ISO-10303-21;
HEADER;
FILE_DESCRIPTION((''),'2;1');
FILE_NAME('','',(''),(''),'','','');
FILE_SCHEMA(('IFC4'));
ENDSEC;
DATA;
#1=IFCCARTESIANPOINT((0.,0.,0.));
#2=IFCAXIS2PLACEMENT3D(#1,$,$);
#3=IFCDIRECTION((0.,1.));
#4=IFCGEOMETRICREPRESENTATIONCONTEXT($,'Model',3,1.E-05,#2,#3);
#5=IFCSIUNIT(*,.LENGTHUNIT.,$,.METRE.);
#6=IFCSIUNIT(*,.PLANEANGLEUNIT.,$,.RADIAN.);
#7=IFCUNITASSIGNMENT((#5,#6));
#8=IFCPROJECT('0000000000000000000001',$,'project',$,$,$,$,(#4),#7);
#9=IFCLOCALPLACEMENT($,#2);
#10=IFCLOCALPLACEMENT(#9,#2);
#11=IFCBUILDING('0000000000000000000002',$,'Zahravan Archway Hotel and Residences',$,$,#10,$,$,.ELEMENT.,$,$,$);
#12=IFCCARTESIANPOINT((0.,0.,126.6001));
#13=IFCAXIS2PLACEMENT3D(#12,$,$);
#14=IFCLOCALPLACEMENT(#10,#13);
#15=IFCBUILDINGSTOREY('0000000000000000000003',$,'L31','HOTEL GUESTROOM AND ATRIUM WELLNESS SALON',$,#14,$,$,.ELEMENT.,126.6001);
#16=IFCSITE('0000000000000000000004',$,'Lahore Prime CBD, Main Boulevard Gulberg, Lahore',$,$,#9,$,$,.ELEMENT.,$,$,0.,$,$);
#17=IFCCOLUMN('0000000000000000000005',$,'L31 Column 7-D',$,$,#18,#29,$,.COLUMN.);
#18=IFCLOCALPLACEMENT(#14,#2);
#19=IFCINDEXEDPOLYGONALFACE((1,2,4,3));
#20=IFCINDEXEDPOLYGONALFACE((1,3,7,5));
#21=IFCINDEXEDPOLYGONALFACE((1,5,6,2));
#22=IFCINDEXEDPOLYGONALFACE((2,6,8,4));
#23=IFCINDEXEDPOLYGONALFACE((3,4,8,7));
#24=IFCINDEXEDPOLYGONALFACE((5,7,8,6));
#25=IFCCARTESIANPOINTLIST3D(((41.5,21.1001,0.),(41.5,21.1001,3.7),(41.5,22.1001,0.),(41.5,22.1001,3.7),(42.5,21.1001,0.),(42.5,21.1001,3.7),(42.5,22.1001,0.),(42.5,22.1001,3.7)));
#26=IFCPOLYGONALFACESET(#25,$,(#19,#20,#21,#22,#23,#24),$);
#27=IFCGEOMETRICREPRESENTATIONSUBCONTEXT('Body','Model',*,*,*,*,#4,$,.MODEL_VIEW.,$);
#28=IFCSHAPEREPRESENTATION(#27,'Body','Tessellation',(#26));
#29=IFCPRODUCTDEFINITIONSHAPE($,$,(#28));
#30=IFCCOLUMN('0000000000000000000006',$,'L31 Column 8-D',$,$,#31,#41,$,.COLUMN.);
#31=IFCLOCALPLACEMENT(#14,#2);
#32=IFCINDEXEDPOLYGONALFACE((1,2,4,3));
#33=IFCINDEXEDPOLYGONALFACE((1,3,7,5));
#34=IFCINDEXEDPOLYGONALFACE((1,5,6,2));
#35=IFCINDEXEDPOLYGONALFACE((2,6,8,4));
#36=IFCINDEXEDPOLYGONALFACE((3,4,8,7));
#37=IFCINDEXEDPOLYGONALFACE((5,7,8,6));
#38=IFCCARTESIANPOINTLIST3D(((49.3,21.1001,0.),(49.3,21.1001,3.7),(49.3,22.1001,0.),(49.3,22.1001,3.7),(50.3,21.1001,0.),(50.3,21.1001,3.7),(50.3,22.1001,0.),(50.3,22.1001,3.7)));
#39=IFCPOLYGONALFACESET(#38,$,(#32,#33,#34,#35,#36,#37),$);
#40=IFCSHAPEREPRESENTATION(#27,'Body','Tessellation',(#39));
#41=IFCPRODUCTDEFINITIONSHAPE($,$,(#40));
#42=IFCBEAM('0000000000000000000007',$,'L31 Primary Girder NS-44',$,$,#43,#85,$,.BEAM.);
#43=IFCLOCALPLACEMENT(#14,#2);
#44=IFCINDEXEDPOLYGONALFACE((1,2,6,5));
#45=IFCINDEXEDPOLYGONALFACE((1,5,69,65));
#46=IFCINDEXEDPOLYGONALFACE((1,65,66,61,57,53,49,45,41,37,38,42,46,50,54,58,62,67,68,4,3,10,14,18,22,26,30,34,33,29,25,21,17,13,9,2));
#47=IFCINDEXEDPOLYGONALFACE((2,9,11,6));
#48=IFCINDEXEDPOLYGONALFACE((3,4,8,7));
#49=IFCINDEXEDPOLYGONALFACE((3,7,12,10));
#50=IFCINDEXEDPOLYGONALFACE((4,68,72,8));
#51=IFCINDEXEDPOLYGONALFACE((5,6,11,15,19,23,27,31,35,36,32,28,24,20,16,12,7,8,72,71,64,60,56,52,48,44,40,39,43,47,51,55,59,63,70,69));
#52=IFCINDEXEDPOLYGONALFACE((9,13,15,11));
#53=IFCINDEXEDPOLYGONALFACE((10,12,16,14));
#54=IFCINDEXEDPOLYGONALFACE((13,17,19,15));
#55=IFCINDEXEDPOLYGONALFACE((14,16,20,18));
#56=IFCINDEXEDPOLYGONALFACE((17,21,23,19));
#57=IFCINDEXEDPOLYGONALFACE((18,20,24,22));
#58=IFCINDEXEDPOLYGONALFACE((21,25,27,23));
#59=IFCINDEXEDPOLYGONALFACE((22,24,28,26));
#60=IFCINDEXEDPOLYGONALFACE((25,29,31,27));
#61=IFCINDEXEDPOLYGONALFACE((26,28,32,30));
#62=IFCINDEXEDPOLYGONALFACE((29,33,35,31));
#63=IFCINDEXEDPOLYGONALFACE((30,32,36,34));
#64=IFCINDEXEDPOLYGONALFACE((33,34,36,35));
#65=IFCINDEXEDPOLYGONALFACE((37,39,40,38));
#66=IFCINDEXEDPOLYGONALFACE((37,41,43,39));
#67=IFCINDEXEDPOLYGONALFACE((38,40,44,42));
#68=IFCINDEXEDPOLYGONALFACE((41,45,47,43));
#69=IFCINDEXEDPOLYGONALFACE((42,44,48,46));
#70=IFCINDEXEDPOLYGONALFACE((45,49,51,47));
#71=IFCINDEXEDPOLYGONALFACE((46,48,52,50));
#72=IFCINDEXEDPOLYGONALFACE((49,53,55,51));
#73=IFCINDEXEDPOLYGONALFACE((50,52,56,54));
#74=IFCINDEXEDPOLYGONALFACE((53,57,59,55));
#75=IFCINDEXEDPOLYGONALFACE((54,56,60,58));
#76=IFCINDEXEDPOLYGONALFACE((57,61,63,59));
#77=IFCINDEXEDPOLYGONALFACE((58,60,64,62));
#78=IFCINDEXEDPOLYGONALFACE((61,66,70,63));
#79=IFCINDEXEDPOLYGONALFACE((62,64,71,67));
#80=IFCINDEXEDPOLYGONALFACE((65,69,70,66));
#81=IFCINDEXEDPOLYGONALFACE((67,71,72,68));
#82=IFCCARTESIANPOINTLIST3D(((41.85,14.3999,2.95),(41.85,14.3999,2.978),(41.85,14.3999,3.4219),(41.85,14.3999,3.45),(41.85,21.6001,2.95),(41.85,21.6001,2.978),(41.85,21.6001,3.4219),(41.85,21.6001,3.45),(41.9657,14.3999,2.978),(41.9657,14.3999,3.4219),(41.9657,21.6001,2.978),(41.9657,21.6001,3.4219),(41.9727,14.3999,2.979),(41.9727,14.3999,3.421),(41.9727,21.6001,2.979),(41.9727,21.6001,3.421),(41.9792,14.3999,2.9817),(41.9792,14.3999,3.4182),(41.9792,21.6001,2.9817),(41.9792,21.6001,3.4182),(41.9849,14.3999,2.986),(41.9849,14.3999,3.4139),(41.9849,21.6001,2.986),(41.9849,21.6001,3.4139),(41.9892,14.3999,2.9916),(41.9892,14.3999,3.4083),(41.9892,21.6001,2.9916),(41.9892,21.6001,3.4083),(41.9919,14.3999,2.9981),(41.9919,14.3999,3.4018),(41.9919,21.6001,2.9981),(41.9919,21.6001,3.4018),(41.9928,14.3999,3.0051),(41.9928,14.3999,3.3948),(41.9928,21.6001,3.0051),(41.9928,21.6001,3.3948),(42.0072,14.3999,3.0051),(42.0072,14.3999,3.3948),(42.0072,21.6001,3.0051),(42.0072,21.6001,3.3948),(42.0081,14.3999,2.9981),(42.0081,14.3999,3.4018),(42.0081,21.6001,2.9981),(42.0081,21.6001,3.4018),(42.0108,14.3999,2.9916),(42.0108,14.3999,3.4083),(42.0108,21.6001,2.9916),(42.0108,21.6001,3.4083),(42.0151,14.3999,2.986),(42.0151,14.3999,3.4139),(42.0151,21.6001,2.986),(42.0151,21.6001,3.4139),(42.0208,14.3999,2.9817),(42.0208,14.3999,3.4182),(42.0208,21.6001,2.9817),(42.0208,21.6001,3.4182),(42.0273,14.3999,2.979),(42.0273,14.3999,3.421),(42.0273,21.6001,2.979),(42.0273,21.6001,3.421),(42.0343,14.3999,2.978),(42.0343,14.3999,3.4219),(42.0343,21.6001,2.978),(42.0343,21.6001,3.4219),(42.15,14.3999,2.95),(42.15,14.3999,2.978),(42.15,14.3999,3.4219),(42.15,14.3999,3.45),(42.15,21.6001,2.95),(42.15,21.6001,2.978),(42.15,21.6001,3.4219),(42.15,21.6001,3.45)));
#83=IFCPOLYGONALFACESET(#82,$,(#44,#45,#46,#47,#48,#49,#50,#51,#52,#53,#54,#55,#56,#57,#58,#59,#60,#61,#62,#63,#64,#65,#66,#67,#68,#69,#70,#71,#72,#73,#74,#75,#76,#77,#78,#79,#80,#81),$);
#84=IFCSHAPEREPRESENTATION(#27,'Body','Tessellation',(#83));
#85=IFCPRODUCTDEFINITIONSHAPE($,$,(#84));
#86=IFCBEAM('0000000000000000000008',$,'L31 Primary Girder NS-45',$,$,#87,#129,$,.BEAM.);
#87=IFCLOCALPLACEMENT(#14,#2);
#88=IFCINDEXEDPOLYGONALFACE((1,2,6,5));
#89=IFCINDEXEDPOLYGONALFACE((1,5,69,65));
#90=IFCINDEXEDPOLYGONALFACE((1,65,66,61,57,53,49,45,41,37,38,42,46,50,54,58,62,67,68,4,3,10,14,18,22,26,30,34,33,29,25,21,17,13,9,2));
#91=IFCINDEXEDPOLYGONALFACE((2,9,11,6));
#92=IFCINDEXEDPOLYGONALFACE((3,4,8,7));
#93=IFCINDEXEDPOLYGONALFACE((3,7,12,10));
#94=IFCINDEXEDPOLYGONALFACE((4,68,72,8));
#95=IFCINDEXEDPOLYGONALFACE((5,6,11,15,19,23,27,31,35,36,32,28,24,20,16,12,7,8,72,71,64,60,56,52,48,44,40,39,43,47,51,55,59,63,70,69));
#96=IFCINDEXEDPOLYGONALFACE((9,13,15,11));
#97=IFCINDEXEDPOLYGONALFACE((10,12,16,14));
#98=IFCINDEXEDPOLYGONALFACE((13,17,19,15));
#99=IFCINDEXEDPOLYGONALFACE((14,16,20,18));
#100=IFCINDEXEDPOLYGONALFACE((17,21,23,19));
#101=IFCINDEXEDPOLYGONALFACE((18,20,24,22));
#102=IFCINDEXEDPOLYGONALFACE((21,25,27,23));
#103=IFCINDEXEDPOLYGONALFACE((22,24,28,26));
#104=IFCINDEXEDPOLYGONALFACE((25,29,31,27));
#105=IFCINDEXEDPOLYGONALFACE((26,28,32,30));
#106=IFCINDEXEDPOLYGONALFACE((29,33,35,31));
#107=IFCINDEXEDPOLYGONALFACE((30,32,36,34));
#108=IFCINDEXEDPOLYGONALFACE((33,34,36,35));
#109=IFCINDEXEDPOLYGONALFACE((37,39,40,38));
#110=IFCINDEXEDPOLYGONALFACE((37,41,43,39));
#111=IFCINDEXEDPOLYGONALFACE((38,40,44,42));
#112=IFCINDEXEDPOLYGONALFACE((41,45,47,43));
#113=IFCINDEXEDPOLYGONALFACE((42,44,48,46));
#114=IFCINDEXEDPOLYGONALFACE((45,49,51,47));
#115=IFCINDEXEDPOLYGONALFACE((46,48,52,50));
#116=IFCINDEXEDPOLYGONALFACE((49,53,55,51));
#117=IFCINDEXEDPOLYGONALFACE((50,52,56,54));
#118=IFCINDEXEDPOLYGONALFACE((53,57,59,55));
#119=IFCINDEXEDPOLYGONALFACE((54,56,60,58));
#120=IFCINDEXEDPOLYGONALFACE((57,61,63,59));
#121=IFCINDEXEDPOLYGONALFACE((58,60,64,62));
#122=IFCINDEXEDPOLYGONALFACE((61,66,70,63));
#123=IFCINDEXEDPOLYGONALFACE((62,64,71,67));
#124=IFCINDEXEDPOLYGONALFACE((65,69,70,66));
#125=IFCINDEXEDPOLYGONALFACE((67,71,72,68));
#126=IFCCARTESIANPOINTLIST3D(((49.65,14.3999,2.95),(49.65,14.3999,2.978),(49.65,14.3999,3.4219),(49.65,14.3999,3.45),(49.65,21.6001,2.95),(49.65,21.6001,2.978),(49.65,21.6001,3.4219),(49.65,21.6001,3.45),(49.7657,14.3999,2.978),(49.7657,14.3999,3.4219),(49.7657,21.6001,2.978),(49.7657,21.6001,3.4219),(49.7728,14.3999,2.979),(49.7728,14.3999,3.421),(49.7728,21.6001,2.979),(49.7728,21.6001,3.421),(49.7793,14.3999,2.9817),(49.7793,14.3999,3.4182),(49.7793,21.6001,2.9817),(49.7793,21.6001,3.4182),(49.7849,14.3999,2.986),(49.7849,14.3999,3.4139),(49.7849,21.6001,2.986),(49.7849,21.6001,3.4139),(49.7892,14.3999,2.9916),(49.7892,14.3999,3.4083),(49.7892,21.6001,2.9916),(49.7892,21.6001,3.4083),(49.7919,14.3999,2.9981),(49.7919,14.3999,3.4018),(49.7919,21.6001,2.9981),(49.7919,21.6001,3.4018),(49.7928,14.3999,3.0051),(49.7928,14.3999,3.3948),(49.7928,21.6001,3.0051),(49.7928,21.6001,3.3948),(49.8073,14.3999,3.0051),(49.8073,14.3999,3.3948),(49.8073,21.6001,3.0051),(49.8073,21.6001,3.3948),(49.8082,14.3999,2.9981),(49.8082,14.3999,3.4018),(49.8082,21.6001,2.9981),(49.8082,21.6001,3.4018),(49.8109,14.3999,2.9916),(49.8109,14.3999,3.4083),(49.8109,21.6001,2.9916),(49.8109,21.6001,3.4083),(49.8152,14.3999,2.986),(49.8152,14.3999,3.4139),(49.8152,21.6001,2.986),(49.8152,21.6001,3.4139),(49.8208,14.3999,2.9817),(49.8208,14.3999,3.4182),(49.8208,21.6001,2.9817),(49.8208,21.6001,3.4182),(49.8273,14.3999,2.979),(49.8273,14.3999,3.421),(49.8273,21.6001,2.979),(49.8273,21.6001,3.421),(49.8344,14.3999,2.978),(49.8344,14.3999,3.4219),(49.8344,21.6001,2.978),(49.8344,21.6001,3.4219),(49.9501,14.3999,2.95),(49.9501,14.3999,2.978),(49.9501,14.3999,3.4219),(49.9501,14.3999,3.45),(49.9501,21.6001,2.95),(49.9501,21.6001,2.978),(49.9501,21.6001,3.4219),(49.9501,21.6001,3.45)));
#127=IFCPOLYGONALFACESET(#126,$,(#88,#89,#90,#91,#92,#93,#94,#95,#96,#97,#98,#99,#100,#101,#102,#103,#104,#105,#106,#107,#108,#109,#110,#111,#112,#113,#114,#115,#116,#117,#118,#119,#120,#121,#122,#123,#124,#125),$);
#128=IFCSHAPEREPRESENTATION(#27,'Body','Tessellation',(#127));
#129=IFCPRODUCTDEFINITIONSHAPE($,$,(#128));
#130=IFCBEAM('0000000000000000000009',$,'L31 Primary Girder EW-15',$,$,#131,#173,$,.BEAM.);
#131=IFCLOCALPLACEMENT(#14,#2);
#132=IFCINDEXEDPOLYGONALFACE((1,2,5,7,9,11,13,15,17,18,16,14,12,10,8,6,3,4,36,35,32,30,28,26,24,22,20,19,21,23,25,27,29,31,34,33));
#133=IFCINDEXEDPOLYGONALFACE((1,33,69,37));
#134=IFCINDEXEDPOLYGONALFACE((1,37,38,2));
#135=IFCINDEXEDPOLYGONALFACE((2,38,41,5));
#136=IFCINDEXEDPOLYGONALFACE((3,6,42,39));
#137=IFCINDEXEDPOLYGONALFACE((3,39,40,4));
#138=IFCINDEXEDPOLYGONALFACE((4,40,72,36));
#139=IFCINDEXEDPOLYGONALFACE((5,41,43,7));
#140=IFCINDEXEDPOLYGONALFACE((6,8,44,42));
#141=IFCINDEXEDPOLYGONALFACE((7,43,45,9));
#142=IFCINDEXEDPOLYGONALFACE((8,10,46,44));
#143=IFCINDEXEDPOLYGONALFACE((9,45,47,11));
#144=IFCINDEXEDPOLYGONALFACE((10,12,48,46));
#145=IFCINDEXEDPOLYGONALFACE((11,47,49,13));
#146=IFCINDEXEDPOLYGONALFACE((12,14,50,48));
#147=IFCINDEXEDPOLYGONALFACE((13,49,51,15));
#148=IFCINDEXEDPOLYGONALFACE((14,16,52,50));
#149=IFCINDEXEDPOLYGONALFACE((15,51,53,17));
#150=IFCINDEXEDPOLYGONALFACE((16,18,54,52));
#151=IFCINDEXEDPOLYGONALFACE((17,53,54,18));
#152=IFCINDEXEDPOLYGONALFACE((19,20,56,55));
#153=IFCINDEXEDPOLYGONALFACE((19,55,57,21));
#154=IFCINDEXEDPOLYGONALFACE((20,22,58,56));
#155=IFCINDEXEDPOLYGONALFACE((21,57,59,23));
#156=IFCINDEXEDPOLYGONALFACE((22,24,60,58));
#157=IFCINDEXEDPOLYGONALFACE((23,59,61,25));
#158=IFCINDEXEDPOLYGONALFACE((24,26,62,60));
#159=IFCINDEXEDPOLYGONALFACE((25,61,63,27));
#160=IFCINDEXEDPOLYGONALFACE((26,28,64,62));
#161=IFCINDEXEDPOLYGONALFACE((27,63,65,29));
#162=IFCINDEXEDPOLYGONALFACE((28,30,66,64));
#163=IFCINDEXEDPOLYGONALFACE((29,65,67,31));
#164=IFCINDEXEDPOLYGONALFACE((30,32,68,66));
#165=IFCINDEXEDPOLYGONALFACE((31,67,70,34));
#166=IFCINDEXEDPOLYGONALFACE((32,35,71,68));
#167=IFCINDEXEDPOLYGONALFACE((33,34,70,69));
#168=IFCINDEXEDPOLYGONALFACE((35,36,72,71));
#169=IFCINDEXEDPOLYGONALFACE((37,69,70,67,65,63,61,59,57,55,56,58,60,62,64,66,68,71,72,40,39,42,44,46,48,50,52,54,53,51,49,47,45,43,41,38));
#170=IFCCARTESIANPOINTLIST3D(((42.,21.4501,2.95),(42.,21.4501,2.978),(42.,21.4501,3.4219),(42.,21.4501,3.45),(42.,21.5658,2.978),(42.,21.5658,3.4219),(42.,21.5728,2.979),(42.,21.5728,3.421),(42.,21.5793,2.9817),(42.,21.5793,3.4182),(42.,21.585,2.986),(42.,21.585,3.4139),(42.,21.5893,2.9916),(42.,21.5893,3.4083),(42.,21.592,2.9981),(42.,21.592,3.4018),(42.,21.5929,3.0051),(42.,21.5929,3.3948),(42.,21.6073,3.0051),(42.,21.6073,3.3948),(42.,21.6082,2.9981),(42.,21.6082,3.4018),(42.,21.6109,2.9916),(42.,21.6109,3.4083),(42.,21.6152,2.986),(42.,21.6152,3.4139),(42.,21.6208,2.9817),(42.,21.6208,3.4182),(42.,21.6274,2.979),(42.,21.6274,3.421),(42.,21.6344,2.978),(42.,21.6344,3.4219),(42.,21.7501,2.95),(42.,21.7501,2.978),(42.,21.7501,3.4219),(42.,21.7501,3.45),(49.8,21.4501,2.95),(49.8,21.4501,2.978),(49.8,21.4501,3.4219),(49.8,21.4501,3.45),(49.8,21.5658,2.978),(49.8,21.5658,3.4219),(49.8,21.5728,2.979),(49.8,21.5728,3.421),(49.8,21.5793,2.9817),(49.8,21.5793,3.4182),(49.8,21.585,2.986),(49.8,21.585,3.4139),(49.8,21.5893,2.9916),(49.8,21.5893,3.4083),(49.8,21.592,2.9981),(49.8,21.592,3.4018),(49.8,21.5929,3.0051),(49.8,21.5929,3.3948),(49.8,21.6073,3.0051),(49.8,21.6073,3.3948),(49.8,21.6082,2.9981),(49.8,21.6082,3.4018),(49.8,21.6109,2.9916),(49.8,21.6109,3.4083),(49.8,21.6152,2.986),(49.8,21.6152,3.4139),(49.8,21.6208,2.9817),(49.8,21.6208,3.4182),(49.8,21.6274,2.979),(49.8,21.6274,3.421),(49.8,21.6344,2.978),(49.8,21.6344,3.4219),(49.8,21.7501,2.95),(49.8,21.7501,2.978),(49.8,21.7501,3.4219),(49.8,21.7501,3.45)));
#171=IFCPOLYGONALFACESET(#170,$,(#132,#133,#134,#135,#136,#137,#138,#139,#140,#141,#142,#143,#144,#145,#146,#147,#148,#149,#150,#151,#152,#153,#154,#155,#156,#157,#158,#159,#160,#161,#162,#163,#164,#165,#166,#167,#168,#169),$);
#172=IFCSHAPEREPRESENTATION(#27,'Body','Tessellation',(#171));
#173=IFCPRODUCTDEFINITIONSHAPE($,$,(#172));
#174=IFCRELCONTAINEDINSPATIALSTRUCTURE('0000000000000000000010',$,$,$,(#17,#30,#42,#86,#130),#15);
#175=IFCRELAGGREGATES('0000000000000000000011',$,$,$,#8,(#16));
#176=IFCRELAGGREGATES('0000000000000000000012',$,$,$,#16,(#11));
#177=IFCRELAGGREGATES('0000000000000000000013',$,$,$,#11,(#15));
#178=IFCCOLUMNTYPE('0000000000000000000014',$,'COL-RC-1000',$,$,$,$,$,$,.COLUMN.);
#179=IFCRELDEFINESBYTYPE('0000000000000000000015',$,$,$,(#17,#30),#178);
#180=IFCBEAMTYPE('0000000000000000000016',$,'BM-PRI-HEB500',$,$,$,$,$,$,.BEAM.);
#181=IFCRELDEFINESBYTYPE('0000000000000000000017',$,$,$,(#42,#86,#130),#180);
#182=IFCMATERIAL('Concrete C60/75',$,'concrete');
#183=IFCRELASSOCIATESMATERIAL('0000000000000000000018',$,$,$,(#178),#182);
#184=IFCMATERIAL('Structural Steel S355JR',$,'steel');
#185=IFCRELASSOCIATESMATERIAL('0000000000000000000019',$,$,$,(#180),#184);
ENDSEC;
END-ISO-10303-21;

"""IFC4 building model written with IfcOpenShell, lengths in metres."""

from ifc_helpers import new_model, si_unit, direction, frame, origin, origin_2d, place, context, subcontext, project, spatial, rectangle, i_section, extrude, source, transform, mapped, material, material_profile, profile_set, type_object, type_shapes, element, save


model = new_model("IFC4")

# Units and contexts
model_context = context("Model", 3, precision=1e-05, world=origin(), true_north=direction((0.0, 1.0)))
body_context = subcontext(model_context, "Body", "Model", "MODEL_VIEW")
ifc_project = project(units=[si_unit("LENGTHUNIT", "METRE"), si_unit("PLANEANGLEUNIT", "RADIAN")], contexts=[model_context])

# Site, building, storey
site_placement = place(None, origin())
site = spatial("IfcSite", under=ifc_project, at=site_placement, Name="Lahore Prime CBD, Main Boulevard Gulberg, Lahore", CompositionType="ELEMENT", RefElevation=0.0)
building_placement = place(site_placement, origin())
building = spatial("IfcBuilding", under=site, at=building_placement, Name="Zahravan Archway Hotel and Residences", CompositionType="ELEMENT")
storey_placement = place(building_placement, frame((0.0, 0.0, 126.6001)))
storey = spatial("IfcBuildingStorey", under=building, at=storey_placement, Name="L31", Description="HOTEL GUESTROOM AND ATRIUM WELLNESS SALON", CompositionType="ELEMENT", Elevation=126.6001)

# Columns
ifc_material_1 = material(Name="Concrete C60/75", Category="concrete")
ifc_material_profile_1 = material_profile(ifc_material_1, rectangle(XDim=1.0, YDim=1.0, at=origin_2d()), Name="RC-COL-1000x1000", Category="concrete")
ifc_profile_set_1 = profile_set([ifc_material_profile_1], Name="Concrete C60/75")
column_type = type_object("IfcColumnType", Name="COL-RC-1000", PredefinedType="COLUMN", material=ifc_profile_set_1)
shared_shape_1 = source(origin(), body_context, "Body", "SweptSolid", [
    extrude(rectangle(XDim=1.0, YDim=1.0, at=origin_2d()), origin(), (0.0, 0.0, 1.0), 3.7),
])
type_shapes(column_type, [shared_shape_1])
for number, where, z_axis, x_axis, name in (
    (1, (42.0, 21.6001, 0.0), (0.0, 0.0, 1.0), (1.0, 0.0, 0.0), "L31 Column 7-D"),
    (2, (49.8, 21.6001, 0.0), (0.0, 0.0, 1.0), (1.0, 0.0, 0.0), "L31 Column 8-D"),
):
    element("IfcColumn", number, at=place(storey_placement, frame(where, z_axis=z_axis, x_axis=x_axis)), inside=storey, type_object=column_type, Name=name, PredefinedType="COLUMN", context=body_context, shape_type="MappedRepresentation", body=[
        mapped(shared_shape_1, transform((0.0, 0.0, 0.0), scale=1.0)),
    ])

# Beams
ifc_material_2 = material(Name="Structural Steel S355JR", Category="steel")
ifc_material_profile_2 = material_profile(ifc_material_2, i_section(OverallWidth=0.3, OverallDepth=0.5, WebThickness=0.0144, FlangeThickness=0.0281, FilletRadius=0.0271, at=origin_2d()), Name="HEB 500", Category="steel")
ifc_profile_set_2 = profile_set([ifc_material_profile_2], Name="Structural Steel S355JR")
beam_type = type_object("IfcBeamType", Name="BM-PRI-HEB500", PredefinedType="BEAM", material=ifc_profile_set_2)
shared_shape_2 = source(origin(), body_context, "Body", "SweptSolid", [
    extrude(i_section(OverallWidth=0.3, OverallDepth=0.5, WebThickness=0.0144, FlangeThickness=0.0281, FilletRadius=0.0271, at=origin_2d()), origin(), (0.0, 0.0, 1.0), 7.2002),
])
type_shapes(beam_type, [shared_shape_2])
for number, where, z_axis, x_axis, name in (
    (3, (42.0, 14.3999, 3.2), (0.0, 1.0, 0.0), (-1.0, 0.0, 0.0), "L31 Primary Girder NS-44"),
    (4, (49.8, 14.3999, 3.2), (0.0, 1.0, 0.0), (-1.0, 0.0, 0.0), "L31 Primary Girder NS-45"),
):
    element("IfcBeam", number, at=place(storey_placement, frame(where, z_axis=z_axis, x_axis=x_axis)), inside=storey, type_object=beam_type, Name=name, PredefinedType="BEAM", context=body_context, shape_type="MappedRepresentation", body=[
        mapped(shared_shape_2, transform((0.0, 0.0, 0.0), scale=1.0)),
    ])
shared_shape_3 = source(origin(), body_context, "Body", "SweptSolid", [
    extrude(i_section(OverallWidth=0.3, OverallDepth=0.5, WebThickness=0.0144, FlangeThickness=0.0281, FilletRadius=0.0271, at=origin_2d()), origin(), (0.0, 0.0, 1.0), 7.8),
])
beam_placement = place(storey_placement, frame((42.0, 21.6001, 3.2), z_axis=(1.0, 0.0, 0.0), x_axis=(0.0, 1.0, 0.0)))
element("IfcBeam", 5, at=beam_placement, inside=storey, type_object=beam_type, Name="L31 Primary Girder EW-15", PredefinedType="BEAM", context=body_context, shape_type="MappedRepresentation", body=[
    mapped(shared_shape_3, transform((0.0, 0.0, 0.0), scale=1.0)),
])

save(model, "model.ifc")
